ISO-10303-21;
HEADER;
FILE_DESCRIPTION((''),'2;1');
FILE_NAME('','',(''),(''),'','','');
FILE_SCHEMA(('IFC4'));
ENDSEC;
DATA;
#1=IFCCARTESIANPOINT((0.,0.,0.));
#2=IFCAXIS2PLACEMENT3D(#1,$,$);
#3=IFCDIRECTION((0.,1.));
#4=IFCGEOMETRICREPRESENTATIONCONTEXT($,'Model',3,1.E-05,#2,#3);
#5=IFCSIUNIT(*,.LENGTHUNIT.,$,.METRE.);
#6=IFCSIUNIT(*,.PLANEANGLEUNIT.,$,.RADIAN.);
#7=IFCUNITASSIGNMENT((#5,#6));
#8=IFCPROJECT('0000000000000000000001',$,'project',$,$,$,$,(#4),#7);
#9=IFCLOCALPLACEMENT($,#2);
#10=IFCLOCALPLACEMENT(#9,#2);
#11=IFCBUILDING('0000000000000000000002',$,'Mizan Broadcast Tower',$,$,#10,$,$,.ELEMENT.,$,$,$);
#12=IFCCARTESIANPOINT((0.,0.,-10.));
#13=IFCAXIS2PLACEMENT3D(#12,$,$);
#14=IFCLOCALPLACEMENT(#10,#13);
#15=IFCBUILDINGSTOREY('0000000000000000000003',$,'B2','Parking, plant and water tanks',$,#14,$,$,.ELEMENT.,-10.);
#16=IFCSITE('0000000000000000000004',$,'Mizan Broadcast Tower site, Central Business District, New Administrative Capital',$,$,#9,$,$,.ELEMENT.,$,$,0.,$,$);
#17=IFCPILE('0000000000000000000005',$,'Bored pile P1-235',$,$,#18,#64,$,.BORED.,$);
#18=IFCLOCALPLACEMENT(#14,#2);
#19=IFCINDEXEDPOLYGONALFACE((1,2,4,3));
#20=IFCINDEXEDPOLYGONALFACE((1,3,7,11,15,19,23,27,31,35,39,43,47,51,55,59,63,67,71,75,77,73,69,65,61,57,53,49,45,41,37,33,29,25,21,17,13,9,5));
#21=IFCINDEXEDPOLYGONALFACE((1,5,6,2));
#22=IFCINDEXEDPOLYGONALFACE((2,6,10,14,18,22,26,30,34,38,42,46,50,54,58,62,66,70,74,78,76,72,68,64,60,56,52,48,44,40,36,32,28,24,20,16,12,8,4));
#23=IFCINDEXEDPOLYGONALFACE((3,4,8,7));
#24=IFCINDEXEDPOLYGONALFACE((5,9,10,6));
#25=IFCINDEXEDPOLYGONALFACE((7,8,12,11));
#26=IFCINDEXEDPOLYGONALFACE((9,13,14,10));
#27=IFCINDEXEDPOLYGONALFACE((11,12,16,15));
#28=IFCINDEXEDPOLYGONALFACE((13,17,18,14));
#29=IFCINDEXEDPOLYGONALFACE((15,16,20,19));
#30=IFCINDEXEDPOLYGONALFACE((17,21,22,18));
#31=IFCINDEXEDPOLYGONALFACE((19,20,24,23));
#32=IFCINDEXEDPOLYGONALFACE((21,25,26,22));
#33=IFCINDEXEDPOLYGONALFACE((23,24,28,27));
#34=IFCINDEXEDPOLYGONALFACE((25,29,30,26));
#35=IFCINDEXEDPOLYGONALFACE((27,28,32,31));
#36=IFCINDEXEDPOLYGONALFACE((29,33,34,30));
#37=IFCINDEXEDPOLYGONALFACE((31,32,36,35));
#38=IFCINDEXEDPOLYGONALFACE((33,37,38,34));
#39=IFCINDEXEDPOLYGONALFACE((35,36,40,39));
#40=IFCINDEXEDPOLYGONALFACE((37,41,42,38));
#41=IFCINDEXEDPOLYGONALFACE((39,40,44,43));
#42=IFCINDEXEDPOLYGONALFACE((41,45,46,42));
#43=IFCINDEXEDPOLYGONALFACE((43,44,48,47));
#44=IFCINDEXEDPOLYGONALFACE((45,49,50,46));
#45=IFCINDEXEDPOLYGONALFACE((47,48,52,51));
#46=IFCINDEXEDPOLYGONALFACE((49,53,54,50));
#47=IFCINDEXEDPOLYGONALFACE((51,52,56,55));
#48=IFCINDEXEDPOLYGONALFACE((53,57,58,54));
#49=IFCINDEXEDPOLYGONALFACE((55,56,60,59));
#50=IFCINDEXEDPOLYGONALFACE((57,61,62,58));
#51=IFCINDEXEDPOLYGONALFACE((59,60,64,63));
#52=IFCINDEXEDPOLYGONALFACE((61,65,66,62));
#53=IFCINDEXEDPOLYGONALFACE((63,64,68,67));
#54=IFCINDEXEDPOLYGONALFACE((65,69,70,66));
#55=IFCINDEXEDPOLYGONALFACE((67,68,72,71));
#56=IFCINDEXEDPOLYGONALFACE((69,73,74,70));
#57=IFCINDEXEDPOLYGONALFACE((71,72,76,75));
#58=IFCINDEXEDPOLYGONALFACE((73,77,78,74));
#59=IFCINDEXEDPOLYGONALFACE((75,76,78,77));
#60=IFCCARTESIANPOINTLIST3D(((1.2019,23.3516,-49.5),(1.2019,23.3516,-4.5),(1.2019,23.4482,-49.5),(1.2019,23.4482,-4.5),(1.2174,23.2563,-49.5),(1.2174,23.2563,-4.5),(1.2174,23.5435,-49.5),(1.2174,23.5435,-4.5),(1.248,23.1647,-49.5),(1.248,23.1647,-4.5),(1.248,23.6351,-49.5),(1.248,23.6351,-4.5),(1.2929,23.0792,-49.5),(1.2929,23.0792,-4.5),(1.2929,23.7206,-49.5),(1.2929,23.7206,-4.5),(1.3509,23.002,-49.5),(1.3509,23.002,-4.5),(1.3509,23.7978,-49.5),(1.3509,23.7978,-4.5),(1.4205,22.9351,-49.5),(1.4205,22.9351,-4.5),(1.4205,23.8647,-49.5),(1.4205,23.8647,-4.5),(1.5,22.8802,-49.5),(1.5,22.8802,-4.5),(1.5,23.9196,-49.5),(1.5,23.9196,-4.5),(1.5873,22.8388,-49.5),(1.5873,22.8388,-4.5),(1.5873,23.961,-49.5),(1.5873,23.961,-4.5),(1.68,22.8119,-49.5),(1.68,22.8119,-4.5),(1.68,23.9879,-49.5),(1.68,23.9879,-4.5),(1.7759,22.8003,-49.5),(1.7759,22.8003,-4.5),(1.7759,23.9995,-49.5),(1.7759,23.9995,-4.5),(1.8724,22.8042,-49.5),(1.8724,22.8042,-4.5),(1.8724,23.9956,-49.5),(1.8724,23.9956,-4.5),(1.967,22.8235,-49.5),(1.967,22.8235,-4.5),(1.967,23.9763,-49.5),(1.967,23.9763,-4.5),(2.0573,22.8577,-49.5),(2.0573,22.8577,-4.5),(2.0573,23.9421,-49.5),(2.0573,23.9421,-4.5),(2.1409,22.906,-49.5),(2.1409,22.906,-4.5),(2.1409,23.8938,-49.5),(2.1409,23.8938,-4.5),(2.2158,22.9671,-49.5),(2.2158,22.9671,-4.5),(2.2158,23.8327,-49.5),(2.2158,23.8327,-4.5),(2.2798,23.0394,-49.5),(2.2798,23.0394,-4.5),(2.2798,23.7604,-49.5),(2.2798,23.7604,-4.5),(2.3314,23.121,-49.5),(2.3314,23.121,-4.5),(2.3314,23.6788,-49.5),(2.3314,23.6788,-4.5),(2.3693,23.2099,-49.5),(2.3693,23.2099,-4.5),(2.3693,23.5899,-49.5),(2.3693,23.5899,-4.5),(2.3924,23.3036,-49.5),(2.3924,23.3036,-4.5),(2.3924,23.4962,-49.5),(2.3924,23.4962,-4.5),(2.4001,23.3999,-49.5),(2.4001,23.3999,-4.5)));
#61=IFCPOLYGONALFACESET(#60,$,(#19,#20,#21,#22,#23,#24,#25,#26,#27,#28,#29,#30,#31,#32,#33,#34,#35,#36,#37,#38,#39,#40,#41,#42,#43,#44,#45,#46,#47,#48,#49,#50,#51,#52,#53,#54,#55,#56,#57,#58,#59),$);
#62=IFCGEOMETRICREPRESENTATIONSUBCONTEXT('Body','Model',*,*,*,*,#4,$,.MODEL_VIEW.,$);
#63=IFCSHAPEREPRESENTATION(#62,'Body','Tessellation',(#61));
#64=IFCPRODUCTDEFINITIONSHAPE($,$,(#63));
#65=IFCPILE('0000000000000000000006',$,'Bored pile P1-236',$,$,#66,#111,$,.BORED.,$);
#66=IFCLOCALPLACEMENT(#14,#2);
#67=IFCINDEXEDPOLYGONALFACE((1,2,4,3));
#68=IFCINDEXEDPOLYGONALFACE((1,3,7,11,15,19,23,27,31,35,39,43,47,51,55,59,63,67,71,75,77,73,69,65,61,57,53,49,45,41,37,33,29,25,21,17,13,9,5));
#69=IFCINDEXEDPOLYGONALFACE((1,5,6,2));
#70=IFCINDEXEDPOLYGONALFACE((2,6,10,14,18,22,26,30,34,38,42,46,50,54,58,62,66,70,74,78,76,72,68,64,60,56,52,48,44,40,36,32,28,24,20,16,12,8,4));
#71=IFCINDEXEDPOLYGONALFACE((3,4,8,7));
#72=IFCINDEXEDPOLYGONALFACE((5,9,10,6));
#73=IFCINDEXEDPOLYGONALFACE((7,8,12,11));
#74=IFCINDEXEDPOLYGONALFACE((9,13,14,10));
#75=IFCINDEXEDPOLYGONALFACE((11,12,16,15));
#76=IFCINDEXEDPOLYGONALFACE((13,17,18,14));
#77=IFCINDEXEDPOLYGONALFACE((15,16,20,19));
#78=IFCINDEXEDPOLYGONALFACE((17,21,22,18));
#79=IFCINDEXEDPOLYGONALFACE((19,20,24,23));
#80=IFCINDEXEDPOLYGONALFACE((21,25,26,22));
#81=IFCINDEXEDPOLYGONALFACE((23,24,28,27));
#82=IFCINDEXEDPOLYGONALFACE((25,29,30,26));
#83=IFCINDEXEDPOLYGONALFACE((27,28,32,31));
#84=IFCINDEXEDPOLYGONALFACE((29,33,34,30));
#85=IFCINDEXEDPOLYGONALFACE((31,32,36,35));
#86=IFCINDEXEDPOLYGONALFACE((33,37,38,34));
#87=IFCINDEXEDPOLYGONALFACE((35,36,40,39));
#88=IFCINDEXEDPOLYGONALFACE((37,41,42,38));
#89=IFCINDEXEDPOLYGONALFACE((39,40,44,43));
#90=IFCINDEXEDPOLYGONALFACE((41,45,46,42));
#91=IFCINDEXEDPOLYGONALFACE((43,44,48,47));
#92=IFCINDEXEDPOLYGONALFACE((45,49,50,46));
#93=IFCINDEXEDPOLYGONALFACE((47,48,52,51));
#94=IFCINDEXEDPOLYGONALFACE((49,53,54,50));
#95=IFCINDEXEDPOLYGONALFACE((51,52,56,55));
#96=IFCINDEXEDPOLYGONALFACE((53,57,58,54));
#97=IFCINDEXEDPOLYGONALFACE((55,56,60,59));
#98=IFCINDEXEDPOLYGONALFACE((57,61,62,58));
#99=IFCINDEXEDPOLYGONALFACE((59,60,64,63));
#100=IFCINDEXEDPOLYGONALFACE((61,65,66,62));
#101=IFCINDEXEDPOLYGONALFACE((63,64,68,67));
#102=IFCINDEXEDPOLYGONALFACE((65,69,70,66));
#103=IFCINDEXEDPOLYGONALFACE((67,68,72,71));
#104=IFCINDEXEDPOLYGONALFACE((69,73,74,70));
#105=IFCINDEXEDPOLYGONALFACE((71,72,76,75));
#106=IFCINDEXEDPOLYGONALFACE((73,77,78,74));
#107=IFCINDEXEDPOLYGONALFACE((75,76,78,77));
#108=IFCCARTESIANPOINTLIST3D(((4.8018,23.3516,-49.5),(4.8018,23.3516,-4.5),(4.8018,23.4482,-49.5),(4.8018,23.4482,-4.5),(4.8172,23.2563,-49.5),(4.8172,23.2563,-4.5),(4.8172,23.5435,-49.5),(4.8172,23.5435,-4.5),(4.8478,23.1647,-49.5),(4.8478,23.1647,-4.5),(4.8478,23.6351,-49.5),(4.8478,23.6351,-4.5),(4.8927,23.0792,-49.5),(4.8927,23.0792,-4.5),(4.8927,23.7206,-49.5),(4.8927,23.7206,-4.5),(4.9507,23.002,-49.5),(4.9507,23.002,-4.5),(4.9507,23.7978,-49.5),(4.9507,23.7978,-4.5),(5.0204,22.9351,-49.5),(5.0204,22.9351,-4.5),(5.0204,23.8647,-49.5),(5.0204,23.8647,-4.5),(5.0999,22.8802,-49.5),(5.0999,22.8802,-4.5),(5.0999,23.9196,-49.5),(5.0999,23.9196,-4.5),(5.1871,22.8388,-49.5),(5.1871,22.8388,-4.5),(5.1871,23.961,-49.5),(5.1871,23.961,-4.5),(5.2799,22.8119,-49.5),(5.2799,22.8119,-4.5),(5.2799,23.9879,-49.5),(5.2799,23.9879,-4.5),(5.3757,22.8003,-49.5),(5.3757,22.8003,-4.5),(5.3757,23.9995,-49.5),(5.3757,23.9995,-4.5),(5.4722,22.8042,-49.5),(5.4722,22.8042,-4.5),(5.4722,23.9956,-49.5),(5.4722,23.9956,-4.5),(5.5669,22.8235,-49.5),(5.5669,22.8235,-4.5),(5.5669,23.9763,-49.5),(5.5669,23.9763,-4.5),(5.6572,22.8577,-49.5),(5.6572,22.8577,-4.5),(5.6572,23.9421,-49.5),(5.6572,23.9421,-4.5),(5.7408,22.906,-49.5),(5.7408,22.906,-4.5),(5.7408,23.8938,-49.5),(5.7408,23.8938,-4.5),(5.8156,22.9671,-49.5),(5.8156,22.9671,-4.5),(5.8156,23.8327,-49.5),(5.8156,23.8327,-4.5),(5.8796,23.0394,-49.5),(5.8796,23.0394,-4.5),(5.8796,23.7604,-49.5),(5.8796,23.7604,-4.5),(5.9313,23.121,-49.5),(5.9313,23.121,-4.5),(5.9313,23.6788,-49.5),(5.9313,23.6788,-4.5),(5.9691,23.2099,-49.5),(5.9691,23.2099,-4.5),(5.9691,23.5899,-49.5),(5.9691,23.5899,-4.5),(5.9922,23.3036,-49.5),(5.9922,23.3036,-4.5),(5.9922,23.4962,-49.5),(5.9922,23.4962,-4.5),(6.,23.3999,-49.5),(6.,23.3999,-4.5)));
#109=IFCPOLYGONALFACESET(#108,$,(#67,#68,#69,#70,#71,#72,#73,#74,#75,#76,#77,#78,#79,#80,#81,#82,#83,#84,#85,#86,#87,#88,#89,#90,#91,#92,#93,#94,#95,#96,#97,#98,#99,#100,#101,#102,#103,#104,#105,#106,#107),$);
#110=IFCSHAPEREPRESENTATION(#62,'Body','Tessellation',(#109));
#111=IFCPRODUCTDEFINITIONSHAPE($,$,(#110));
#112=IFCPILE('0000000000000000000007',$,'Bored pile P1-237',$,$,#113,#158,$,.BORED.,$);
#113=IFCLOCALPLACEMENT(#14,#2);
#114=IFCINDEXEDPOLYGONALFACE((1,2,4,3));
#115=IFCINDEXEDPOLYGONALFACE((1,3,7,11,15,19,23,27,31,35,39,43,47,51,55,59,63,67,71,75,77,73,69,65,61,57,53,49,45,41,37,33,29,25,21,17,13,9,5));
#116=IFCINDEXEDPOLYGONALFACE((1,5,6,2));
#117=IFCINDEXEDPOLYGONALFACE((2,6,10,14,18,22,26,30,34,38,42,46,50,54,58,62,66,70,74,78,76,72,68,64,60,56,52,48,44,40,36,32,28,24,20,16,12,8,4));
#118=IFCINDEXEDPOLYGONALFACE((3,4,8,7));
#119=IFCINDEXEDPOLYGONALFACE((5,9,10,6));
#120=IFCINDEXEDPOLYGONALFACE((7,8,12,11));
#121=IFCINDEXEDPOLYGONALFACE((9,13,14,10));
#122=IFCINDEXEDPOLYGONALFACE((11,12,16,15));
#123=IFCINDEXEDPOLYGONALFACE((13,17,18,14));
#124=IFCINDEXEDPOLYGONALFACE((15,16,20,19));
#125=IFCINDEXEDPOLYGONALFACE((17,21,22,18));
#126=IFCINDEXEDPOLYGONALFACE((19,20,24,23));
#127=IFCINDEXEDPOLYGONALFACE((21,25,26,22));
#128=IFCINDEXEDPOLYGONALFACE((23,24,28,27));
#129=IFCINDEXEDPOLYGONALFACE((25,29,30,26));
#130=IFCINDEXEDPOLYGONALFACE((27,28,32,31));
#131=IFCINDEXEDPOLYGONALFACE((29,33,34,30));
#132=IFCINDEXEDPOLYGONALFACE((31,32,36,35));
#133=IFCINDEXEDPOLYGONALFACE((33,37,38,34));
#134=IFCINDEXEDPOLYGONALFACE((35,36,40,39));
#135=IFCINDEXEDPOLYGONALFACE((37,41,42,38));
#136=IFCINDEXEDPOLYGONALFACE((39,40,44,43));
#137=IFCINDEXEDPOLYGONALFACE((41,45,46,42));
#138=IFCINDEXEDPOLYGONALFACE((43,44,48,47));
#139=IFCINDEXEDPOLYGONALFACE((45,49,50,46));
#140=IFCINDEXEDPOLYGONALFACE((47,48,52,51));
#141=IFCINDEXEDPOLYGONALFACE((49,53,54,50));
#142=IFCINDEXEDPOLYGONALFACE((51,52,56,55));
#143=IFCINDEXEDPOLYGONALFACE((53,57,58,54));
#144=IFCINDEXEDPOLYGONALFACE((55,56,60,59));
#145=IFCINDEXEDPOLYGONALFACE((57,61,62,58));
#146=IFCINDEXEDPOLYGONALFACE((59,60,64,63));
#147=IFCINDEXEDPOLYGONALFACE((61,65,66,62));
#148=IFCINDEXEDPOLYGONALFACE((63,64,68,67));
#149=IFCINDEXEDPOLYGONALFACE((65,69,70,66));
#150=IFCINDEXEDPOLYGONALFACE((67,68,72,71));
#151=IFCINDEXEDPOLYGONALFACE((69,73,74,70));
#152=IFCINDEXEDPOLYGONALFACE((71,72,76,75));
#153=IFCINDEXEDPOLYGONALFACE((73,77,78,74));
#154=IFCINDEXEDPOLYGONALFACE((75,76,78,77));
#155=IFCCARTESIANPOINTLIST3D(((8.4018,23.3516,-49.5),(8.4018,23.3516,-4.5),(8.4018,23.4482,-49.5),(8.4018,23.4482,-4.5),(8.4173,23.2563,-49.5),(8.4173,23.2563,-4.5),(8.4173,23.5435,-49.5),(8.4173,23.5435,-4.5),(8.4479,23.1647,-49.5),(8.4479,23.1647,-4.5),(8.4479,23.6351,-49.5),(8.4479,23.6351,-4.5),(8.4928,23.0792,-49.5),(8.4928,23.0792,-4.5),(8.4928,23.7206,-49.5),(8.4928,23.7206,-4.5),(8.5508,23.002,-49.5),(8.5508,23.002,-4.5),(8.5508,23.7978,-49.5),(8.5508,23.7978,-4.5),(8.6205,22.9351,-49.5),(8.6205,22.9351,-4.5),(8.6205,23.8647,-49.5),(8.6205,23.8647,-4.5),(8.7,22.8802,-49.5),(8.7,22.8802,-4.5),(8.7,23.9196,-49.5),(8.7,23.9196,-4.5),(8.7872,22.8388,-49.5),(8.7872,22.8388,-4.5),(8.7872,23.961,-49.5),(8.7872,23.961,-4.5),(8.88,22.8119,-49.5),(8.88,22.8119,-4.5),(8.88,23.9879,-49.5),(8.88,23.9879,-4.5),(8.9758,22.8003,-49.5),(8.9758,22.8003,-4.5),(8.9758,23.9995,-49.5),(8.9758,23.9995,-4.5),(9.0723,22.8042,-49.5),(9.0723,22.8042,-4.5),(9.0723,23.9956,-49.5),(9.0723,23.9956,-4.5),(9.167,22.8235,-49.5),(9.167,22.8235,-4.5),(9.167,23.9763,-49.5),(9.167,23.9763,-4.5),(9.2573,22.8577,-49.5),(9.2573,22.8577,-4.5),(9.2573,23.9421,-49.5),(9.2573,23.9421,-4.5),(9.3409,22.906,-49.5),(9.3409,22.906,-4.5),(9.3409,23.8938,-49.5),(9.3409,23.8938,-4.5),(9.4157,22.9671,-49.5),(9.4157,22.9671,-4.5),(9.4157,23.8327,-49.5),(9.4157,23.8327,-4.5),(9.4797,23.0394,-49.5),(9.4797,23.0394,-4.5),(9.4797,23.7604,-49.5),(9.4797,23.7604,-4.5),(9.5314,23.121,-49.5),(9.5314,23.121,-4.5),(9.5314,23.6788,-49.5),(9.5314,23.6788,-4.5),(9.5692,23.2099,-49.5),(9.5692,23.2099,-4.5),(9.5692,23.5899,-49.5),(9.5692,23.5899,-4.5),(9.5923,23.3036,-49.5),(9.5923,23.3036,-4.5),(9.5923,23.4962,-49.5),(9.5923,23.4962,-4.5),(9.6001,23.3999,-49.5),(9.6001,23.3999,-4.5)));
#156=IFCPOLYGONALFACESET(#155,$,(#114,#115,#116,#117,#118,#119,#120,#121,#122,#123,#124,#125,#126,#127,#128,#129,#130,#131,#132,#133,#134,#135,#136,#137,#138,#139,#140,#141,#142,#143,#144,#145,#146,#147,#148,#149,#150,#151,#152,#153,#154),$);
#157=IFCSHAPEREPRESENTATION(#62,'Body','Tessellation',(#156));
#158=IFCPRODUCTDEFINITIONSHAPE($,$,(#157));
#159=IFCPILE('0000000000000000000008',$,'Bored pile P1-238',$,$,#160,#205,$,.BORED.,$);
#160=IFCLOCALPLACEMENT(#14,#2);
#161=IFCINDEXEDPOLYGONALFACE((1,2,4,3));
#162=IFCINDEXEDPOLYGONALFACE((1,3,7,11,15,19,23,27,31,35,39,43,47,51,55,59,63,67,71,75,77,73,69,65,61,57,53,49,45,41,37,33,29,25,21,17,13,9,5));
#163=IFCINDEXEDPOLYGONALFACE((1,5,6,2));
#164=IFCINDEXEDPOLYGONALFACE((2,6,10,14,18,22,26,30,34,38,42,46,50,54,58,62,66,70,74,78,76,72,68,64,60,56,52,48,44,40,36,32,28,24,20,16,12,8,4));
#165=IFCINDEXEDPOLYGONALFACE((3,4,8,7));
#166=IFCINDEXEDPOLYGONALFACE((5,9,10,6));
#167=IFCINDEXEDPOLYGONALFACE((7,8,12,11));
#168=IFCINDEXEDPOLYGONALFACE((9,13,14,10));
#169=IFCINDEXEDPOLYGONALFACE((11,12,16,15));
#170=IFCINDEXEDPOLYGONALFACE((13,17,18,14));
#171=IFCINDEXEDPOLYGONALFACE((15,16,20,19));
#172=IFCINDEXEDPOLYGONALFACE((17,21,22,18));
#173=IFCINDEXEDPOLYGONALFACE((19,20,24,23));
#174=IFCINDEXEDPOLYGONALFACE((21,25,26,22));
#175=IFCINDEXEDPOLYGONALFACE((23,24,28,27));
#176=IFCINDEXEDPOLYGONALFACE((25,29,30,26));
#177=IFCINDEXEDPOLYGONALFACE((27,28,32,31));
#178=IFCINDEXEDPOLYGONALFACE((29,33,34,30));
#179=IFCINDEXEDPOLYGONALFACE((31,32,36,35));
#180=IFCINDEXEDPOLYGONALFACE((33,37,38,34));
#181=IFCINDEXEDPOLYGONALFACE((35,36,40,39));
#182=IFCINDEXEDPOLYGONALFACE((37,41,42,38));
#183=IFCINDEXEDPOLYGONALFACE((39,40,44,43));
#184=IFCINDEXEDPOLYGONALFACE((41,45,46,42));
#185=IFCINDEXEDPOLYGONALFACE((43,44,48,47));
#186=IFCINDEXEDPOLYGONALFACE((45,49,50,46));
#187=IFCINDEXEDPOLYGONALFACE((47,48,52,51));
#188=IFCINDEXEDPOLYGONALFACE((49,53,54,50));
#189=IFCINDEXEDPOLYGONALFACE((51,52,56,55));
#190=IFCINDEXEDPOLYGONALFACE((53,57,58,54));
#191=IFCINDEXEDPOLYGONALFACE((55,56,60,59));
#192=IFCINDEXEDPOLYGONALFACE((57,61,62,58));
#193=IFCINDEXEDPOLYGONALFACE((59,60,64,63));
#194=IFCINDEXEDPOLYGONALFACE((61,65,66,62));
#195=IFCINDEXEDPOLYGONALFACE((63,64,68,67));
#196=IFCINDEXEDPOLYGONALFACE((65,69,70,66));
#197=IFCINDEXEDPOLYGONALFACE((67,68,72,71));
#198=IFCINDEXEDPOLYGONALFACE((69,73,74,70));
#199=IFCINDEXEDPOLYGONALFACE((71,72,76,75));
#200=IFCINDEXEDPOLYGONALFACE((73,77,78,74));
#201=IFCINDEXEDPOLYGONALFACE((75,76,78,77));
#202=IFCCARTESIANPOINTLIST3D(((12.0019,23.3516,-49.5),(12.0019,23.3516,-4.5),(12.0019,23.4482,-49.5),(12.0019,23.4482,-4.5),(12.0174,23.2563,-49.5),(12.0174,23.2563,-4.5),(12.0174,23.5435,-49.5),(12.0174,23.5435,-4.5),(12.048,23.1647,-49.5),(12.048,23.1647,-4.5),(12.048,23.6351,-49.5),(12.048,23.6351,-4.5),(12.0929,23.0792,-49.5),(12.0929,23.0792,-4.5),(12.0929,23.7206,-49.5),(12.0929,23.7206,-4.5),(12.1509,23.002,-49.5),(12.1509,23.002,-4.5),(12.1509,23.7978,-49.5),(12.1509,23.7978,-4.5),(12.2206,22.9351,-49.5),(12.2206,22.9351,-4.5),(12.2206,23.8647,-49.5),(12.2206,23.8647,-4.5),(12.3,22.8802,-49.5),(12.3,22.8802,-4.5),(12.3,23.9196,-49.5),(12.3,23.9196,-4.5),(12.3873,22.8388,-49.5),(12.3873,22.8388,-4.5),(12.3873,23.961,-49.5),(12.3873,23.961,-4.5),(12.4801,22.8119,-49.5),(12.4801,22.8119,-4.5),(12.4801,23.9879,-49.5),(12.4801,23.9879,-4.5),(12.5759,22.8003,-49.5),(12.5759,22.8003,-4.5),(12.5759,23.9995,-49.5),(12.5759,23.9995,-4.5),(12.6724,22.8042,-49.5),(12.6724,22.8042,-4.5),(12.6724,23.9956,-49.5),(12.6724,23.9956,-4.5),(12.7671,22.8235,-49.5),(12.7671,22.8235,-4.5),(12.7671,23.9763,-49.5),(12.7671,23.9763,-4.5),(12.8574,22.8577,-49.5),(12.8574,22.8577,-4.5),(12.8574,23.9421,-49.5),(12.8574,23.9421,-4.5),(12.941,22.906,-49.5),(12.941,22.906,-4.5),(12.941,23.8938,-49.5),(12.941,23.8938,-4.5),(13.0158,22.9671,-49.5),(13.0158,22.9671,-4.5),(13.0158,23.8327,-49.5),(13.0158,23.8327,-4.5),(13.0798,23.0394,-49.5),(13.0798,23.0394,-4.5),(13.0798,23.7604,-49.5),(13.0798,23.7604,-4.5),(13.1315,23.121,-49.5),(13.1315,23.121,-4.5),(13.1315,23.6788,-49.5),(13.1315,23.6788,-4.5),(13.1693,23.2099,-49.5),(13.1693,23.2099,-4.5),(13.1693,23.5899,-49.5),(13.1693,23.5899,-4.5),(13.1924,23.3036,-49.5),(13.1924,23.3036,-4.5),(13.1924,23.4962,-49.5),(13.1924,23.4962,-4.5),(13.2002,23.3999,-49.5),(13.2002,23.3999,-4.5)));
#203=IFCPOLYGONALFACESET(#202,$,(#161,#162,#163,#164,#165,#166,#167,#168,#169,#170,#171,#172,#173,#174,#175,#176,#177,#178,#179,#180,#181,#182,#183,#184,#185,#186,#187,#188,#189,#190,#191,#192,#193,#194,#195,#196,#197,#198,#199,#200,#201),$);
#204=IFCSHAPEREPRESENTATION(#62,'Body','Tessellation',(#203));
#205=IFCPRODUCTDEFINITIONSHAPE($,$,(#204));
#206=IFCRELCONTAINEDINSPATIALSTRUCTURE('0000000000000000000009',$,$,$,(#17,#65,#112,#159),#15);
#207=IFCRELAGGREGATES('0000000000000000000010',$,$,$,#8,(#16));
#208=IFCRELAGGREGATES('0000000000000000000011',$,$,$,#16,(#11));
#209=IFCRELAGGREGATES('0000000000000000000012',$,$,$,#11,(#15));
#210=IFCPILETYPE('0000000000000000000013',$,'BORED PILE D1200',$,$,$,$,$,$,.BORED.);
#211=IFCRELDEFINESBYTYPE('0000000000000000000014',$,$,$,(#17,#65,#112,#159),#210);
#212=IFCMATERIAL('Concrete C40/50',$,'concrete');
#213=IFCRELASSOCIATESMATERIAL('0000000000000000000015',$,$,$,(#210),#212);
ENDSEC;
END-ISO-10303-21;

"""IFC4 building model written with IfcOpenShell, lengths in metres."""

from ifc_helpers import new_model, si_unit, direction, frame, origin, origin_2d, place, context, subcontext, project, spatial, circle, extrude, material, material_profile, profile_set, type_object, element, save


model = new_model("IFC4")

# Units and contexts
model_context = context("Model", 3, precision=1e-05, world=origin(), true_north=direction((0.0, 1.0)))
body_context = subcontext(model_context, "Body", "Model", "MODEL_VIEW")
ifc_project = project(units=[si_unit("LENGTHUNIT", "METRE"), si_unit("PLANEANGLEUNIT", "RADIAN")], contexts=[model_context])

# Site, building, storey
site_placement = place(None, origin())
site = spatial("IfcSite", under=ifc_project, at=site_placement, Name="Mizan Broadcast Tower site, Central Business District, New Administrative Capital", CompositionType="ELEMENT", RefElevation=0.0)
building_placement = place(site_placement, origin())
building = spatial("IfcBuilding", under=site, at=building_placement, Name="Mizan Broadcast Tower", CompositionType="ELEMENT")
storey_placement = place(building_placement, frame((0.0, 0.0, -10.0)))
storey = spatial("IfcBuildingStorey", under=building, at=storey_placement, Name="B2", Description="Parking, plant and water tanks", CompositionType="ELEMENT", Elevation=-10.0)

# Piles
ifc_material_1 = material(Name="Concrete C40/50", Category="concrete")
ifc_material_profile_1 = material_profile(ifc_material_1, circle(Radius=0.6001, at=origin_2d()), Name="D1200")
ifc_profile_set_1 = profile_set([ifc_material_profile_1], Name="Concrete C40/50")
pile_type_1 = type_object("IfcPileType", Name="BORED PILE D1200", PredefinedType="BORED", material=ifc_profile_set_1)
for number, where, z_axis, x_axis, name in (
    (1, (1.8, 23.3999, -4.5), (0.0, 0.0, -1.0), (1.0, 0.0, 0.0), "Bored pile P1-235"),
    (2, (5.3999, 23.3999, -4.5), (0.0, 0.0, -1.0), (1.0, 0.0, 0.0), "Bored pile P1-236"),
    (3, (9.0, 23.3999, -4.5), (0.0, 0.0, -1.0), (1.0, 0.0, 0.0), "Bored pile P1-237"),
    (4, (12.6001, 23.3999, -4.5), (0.0, 0.0, -1.0), (1.0, 0.0, 0.0), "Bored pile P1-238"),
):
    element("IfcPile", number, at=place(storey_placement, frame(where, z_axis=z_axis, x_axis=x_axis)), inside=storey, type_object=pile_type_1, Name=name, PredefinedType="BORED", context=body_context, shape_type="SweptSolid", body=[
        extrude(circle(Radius=0.6001, at=origin_2d()), origin(), (0.0, 0.0, 1.0), 45.0),
    ])

save(model, "model.ifc")
